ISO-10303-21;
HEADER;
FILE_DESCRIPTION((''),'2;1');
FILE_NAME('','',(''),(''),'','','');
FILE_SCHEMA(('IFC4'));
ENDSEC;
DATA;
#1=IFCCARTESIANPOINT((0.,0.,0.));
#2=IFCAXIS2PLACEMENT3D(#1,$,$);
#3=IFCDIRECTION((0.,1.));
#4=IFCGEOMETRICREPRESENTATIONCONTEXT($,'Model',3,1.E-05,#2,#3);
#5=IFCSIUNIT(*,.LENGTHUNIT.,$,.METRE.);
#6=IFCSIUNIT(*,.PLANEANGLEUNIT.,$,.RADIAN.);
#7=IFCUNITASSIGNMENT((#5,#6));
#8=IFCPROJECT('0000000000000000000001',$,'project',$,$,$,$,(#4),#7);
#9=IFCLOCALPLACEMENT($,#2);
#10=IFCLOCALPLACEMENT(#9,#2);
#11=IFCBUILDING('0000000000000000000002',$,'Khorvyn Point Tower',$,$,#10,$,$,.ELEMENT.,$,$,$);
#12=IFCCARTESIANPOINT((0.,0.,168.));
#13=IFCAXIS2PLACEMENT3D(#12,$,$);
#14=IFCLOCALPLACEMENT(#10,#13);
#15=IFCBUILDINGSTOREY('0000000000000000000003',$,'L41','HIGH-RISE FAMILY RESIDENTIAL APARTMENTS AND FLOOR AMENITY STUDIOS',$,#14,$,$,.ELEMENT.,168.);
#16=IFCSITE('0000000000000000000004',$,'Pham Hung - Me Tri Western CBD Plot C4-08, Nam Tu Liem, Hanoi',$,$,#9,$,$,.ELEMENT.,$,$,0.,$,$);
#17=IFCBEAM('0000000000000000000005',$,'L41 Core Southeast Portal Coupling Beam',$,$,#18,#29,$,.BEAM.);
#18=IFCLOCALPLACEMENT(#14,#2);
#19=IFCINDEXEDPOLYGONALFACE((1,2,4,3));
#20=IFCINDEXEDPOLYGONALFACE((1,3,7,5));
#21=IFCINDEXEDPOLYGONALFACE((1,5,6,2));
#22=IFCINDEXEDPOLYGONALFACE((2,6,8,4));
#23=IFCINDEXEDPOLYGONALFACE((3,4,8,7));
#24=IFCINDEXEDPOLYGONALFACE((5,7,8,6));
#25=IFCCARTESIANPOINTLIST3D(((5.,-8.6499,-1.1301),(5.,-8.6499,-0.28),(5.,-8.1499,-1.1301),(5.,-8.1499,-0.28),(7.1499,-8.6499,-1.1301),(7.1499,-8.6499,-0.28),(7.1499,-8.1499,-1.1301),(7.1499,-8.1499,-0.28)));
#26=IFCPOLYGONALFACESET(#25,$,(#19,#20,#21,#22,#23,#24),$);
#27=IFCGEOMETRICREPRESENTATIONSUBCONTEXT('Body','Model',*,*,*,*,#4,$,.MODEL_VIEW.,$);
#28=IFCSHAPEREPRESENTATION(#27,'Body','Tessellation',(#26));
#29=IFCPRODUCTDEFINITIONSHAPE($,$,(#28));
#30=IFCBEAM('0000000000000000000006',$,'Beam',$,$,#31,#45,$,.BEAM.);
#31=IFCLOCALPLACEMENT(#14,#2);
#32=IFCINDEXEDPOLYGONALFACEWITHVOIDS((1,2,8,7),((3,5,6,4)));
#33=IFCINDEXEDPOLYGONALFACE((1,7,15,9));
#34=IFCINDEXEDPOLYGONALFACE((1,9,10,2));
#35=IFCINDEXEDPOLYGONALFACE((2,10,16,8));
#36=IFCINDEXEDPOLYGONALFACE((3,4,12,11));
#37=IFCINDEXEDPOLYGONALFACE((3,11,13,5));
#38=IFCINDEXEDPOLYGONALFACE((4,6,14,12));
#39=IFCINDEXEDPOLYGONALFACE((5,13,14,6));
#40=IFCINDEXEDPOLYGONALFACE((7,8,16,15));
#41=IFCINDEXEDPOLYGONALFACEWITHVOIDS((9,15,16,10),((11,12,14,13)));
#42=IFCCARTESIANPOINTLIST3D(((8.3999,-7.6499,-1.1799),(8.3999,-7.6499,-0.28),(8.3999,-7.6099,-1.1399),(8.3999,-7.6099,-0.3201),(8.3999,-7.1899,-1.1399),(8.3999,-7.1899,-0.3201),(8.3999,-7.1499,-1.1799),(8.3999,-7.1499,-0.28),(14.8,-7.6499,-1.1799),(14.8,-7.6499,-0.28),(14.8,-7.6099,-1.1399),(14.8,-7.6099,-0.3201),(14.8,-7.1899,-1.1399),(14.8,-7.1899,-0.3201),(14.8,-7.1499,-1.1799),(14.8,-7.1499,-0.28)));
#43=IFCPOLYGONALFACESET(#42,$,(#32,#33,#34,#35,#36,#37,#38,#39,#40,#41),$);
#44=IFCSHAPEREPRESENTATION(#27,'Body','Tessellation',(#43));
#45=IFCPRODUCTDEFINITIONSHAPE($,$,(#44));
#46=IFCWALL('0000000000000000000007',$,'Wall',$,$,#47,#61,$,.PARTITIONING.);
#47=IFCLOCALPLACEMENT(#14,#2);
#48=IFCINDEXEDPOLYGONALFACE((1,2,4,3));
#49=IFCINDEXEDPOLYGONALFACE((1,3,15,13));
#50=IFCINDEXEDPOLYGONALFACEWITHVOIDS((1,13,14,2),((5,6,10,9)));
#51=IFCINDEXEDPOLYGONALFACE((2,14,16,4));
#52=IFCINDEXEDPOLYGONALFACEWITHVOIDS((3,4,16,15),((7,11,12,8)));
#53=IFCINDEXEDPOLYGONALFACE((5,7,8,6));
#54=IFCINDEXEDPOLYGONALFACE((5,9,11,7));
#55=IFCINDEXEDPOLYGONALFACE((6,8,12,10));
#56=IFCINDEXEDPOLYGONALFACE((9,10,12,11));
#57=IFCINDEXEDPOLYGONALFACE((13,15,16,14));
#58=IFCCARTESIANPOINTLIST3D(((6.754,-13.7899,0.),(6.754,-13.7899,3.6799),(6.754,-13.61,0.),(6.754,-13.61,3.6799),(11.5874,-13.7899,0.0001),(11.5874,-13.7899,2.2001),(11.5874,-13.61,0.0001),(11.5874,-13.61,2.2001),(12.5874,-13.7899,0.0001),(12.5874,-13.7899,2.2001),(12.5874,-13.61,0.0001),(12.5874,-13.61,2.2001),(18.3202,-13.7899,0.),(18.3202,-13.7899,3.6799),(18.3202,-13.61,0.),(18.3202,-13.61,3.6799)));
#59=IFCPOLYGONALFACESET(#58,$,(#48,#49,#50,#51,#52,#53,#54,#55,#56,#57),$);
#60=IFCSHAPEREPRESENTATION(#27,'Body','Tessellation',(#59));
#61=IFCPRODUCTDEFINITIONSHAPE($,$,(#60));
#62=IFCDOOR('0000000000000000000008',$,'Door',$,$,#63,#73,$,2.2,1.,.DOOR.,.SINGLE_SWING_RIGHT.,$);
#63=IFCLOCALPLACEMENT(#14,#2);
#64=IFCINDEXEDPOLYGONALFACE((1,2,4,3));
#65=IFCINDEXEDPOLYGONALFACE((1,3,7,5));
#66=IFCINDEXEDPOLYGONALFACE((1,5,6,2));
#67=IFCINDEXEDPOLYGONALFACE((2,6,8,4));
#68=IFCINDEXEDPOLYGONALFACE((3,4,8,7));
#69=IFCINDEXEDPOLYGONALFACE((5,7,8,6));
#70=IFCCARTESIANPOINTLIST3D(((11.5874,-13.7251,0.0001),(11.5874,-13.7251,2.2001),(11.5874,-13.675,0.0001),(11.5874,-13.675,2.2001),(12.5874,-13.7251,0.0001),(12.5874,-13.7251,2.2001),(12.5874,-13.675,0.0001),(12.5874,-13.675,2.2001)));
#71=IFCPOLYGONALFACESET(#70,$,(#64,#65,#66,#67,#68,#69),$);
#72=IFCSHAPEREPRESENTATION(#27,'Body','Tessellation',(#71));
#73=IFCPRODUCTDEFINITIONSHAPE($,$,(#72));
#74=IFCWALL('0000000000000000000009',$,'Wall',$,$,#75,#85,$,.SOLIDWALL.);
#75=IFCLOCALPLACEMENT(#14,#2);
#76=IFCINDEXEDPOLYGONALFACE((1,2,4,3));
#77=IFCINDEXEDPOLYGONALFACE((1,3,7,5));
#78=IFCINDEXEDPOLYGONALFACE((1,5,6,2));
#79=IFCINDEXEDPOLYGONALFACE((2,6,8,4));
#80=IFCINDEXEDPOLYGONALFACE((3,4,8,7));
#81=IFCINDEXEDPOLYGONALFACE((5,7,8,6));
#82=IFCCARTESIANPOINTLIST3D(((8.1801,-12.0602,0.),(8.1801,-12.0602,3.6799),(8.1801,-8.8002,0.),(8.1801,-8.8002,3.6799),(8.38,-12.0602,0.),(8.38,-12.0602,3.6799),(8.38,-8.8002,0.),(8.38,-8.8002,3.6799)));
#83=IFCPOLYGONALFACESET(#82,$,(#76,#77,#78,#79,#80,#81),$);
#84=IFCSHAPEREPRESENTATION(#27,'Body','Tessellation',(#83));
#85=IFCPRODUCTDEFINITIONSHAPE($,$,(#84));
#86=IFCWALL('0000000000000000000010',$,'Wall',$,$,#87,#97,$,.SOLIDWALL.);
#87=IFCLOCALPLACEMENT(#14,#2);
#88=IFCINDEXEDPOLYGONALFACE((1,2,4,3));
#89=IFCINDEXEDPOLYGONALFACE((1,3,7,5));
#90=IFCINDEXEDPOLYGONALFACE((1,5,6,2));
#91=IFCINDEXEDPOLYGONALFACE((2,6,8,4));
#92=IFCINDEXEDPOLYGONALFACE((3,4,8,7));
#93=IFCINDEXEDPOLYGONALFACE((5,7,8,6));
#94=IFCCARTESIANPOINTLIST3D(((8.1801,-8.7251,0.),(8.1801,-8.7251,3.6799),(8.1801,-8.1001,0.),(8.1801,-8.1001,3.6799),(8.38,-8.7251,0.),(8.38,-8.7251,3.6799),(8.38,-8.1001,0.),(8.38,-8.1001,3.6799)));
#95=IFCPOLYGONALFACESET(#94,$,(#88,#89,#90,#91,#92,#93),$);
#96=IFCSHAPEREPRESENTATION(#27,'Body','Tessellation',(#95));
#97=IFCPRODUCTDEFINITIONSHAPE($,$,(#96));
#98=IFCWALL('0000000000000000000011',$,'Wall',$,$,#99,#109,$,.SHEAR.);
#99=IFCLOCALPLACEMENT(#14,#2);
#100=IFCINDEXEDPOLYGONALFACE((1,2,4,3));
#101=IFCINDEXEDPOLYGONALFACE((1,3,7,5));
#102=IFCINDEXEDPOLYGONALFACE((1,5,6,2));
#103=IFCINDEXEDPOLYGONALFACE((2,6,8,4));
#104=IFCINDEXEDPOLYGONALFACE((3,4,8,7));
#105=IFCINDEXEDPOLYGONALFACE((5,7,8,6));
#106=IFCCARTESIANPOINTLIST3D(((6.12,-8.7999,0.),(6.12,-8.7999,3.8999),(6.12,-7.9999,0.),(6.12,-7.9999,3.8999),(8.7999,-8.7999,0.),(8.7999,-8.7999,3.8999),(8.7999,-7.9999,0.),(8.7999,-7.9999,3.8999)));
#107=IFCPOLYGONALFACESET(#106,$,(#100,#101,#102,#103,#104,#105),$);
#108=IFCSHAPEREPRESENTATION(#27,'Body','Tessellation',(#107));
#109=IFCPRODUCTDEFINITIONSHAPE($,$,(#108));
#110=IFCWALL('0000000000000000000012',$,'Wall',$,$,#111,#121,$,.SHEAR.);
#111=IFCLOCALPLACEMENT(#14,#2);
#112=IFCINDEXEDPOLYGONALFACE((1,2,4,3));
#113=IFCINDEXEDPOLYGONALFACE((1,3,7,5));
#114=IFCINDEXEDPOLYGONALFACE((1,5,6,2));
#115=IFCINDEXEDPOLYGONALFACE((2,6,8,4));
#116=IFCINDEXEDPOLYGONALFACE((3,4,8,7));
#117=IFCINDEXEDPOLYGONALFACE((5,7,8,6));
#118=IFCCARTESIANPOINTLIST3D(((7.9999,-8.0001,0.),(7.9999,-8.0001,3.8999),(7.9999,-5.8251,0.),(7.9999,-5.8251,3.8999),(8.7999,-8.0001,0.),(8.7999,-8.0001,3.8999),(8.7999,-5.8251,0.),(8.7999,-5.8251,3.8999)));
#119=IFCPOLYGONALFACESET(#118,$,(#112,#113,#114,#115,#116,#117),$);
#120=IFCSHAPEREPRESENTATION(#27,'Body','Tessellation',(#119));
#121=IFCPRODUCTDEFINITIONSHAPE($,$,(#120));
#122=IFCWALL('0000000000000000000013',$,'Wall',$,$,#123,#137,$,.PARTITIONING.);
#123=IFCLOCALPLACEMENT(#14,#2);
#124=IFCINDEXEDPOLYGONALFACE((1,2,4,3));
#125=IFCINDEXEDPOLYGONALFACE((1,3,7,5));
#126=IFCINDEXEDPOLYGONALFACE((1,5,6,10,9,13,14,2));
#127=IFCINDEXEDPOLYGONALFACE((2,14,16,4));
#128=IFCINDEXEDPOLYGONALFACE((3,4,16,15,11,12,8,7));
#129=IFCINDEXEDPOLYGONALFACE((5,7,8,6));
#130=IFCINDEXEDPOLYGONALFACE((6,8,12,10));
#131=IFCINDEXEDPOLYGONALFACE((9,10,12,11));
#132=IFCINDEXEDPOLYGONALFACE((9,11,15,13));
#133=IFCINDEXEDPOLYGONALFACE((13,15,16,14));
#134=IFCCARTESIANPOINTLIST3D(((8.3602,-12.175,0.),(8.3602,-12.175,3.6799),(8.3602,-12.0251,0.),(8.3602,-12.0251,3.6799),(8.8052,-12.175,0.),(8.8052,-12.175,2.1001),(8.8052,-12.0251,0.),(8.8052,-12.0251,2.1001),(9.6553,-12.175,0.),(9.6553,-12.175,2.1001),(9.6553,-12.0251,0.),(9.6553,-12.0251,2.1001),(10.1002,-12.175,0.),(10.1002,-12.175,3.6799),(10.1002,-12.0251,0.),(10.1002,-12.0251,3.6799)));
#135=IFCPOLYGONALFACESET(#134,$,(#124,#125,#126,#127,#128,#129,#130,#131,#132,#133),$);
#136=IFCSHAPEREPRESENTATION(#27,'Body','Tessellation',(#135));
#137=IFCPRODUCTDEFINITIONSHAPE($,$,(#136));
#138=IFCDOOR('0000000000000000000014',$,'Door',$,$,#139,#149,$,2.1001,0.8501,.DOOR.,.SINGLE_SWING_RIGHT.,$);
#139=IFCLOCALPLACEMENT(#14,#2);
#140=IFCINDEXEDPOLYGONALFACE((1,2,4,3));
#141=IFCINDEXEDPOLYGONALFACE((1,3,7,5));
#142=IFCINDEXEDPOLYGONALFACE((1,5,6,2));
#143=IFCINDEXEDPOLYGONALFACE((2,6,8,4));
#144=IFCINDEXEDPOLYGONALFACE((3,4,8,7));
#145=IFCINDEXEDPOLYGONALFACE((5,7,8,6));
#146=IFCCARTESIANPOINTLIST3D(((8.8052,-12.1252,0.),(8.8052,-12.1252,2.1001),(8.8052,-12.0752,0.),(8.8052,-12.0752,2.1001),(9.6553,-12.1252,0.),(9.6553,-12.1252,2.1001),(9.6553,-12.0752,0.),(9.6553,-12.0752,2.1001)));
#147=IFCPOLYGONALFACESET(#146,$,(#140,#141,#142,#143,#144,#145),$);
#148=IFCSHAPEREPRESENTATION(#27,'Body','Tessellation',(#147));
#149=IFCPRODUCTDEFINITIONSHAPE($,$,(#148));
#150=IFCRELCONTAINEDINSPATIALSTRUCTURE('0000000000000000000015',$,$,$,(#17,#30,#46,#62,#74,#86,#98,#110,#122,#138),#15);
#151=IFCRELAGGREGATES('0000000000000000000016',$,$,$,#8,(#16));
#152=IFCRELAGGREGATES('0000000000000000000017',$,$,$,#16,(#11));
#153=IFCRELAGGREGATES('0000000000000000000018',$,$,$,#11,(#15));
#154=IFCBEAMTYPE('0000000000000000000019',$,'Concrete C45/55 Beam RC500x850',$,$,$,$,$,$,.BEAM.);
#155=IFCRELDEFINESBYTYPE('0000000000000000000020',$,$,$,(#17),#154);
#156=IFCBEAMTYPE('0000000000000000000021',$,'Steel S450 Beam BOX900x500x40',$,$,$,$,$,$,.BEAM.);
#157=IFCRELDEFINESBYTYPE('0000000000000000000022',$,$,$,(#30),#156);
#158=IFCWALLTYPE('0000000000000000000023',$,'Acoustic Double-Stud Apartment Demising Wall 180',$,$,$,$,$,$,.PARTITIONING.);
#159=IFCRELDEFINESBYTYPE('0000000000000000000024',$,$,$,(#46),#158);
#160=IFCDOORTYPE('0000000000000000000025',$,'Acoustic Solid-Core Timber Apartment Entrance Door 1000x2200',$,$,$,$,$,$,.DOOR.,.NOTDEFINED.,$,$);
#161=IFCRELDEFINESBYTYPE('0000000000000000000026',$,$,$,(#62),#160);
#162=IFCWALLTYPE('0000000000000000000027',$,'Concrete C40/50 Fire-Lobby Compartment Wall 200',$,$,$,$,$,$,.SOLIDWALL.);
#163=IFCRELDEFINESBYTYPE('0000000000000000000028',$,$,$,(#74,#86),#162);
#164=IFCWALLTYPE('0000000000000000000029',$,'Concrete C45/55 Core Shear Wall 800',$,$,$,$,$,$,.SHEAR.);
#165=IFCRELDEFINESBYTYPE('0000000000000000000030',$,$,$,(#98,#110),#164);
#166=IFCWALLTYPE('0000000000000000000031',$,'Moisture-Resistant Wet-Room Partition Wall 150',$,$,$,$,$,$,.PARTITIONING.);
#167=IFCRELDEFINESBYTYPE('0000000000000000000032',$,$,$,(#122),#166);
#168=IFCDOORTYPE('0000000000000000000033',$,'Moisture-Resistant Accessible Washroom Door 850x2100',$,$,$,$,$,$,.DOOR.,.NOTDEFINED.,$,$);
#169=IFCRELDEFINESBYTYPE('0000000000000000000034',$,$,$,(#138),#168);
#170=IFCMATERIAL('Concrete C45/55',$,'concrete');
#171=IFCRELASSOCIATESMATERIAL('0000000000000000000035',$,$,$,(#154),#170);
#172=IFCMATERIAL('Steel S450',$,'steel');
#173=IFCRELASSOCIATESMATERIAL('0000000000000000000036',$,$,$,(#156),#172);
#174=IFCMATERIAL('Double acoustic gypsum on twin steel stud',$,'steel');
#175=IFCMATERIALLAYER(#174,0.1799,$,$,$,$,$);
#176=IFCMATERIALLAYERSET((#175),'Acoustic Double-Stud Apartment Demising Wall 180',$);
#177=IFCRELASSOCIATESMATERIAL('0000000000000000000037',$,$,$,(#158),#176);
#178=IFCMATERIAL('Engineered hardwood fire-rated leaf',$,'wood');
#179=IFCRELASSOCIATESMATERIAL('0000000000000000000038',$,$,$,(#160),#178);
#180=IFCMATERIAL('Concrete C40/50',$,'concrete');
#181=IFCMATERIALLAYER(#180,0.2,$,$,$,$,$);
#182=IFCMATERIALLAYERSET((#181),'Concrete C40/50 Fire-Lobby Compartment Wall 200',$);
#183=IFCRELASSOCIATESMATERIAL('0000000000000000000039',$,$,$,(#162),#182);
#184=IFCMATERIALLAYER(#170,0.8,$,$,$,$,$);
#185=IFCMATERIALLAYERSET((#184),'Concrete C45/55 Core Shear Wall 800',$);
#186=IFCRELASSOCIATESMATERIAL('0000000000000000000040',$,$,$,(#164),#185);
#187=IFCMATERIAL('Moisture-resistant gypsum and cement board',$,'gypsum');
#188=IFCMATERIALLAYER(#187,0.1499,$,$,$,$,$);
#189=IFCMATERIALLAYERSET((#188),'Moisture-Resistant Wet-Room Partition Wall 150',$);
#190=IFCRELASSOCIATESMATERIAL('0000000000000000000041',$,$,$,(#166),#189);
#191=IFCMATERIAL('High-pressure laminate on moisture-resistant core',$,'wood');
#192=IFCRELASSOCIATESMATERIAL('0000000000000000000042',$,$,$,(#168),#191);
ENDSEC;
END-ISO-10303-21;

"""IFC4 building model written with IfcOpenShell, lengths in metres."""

from ifc_helpers import new_model, si_unit, direction, frame, frame_2d, origin, origin_2d, place, context, subcontext, project, spatial, rectangle, hollow_rectangle, extrude, material, layer, layer_set, material_profile, profile_set, type_object, element, fill, save


model = new_model("IFC4")

# Units and contexts
model_context = context("Model", 3, precision=1e-05, world=origin(), true_north=direction((0.0, 1.0)))
body_context = subcontext(model_context, "Body", "Model", "MODEL_VIEW")
ifc_project = project(units=[si_unit("LENGTHUNIT", "METRE"), si_unit("PLANEANGLEUNIT", "RADIAN")], contexts=[model_context])

# Site, building, storey
site_placement = place(None, origin())
site = spatial("IfcSite", under=ifc_project, at=site_placement, Name="Pham Hung - Me Tri Western CBD Plot C4-08, Nam Tu Liem, Hanoi", CompositionType="ELEMENT", RefElevation=0.0)
building_placement = place(site_placement, origin())
building = spatial("IfcBuilding", under=site, at=building_placement, Name="Khorvyn Point Tower", CompositionType="ELEMENT")
storey_placement = place(building_placement, frame((0.0, 0.0, 168.0)))
storey = spatial("IfcBuildingStorey", under=building, at=storey_placement, Name="L41", Description="HIGH-RISE FAMILY RESIDENTIAL APARTMENTS AND FLOOR AMENITY STUDIOS", CompositionType="ELEMENT", Elevation=168.0)

# Beams
ifc_material_1 = material(Name="Concrete C45/55", Category="concrete")
ifc_material_profile_1 = material_profile(ifc_material_1, rectangle(XDim=0.5, YDim=0.8501, at=origin_2d()))
ifc_profile_set_1 = profile_set([ifc_material_profile_1], Name="Concrete C45/55 RC500x850")
beam_type_1 = type_object("IfcBeamType", Name="Concrete C45/55 Beam RC500x850", PredefinedType="BEAM", material=ifc_profile_set_1)
beam_1_placement = place(storey_placement, frame((5.0, -8.3999, -0.7051), z_axis=(1.0, 0.0, 0.0), x_axis=(0.0, 1.0, 0.0)))
element("IfcBeam", 1, at=beam_1_placement, inside=storey, type_object=beam_type_1, Name="L41 Core Southeast Portal Coupling Beam", PredefinedType="BEAM", context=body_context, shape_type="SweptSolid", body=[
    extrude(rectangle(XDim=0.5, YDim=0.8501, at=origin_2d()), origin(), (0.0, 0.0, 1.0), 2.1499),
])
ifc_material_2 = material(Name="Steel S450", Category="steel")
ifc_material_profile_2 = material_profile(ifc_material_2, hollow_rectangle(XDim=0.5, YDim=0.8999, WallThickness=0.04, at=origin_2d()))
ifc_profile_set_2 = profile_set([ifc_material_profile_2], Name="Steel S450 BOX900x500x40")
beam_type_2 = type_object("IfcBeamType", Name="Steel S450 Beam BOX900x500x40", PredefinedType="BEAM", material=ifc_profile_set_2)
beam_2_placement = place(storey_placement, frame((8.3999, -7.3999, -0.73), z_axis=(1.0, 0.0, 0.0), x_axis=(0.0, 1.0, 0.0)))
element("IfcBeam", 2, at=beam_2_placement, inside=storey, type_object=beam_type_2, Name="Beam", PredefinedType="BEAM", context=body_context, shape_type="SweptSolid", body=[
    extrude(hollow_rectangle(XDim=0.5, YDim=0.8999, WallThickness=0.04, at=origin_2d()), origin(), (0.0, 0.0, 1.0), 6.4001),
])

# Wall, opening, door
ifc_material_3 = material(Name="Double acoustic gypsum on twin steel stud", Category="steel")
ifc_layer_1 = layer(ifc_material_3, 0.1799)
ifc_layer_set_1 = layer_set([ifc_layer_1], Name="Acoustic Double-Stud Apartment Demising Wall 180")
wall_type_1 = type_object("IfcWallType", Name="Acoustic Double-Stud Apartment Demising Wall 180", PredefinedType="PARTITIONING", material=ifc_layer_set_1)
wall_1_placement = place(storey_placement, frame((6.7539, -13.7, 0.0), z_axis=(0.0, 0.0, 1.0), x_axis=(1.0, 0.0, 0.0)))
wall_1 = element("IfcWall", 3, at=wall_1_placement, inside=storey, type_object=wall_type_1, Name="Wall", PredefinedType="PARTITIONING", context=body_context, shape_type="SweptSolid", body=[
    extrude(rectangle(XDim=11.5662, YDim=0.1799, at=frame_2d((5.7832, 0.0))), origin(), (0.0, 0.0, 1.0), 3.6799),
])
opening_1_placement = place(wall_1_placement, frame((4.8335, 0.0, 0.0)))
opening_1 = element("IfcOpeningElement", 4, at=opening_1_placement, cuts=wall_1, PredefinedType="OPENING", context=body_context, shape_type="SweptSolid", body=[
    extrude(rectangle(XDim=1.0, YDim=2.2, at=frame_2d((0.5, 1.1001))), frame((0.0, 0.0999, 0.0), z_axis=(0.0, -1.0, 0.0), x_axis=(1.0, 0.0, 0.0)), (0.0, 0.0, 1.0), 0.2),
])
ifc_material_4 = material(Name="Engineered hardwood fire-rated leaf", Category="wood")
door_type_1 = type_object("IfcDoorType", Name="Acoustic Solid-Core Timber Apartment Entrance Door 1000x2200", OperationType="NOTDEFINED", PredefinedType="DOOR", material=ifc_material_4)
door_1_placement = place(opening_1_placement, origin())
door_1 = element("IfcDoor", 5, at=door_1_placement, inside=storey, type_object=door_type_1, Name="Door", OperationType="SINGLE_SWING_RIGHT", OverallHeight=2.2, OverallWidth=1.0, PredefinedType="DOOR", context=body_context, shape_type="SweptSolid", body=[
    extrude(rectangle(XDim=1.0, YDim=2.2, at=frame_2d((0.5, 1.1001))), frame((0.0, 0.0249, 0.0), z_axis=(0.0, -1.0, 0.0), x_axis=(1.0, 0.0, 0.0)), (0.0, 0.0, 1.0), 0.05),
])
fill(opening_1, door_1)
ifc_material_5 = material(Name="Concrete C40/50", Category="concrete")
ifc_layer_2 = layer(ifc_material_5, 0.2)
ifc_layer_set_2 = layer_set([ifc_layer_2], Name="Concrete C40/50 Fire-Lobby Compartment Wall 200")
wall_type_2 = type_object("IfcWallType", Name="Concrete C40/50 Fire-Lobby Compartment Wall 200", PredefinedType="SOLIDWALL", material=ifc_layer_set_2)

# Walls
wall_2_placement = place(storey_placement, frame((8.28, -12.0601, 0.0), z_axis=(0.0, 0.0, 1.0), x_axis=(0.0, 1.0, 0.0)))
element("IfcWall", 6, at=wall_2_placement, inside=storey, type_object=wall_type_2, Name="Wall", PredefinedType="SOLIDWALL", context=body_context, shape_type="SweptSolid", body=[
    extrude(rectangle(XDim=3.26, YDim=0.2, at=frame_2d((1.6299, 0.0))), origin(), (0.0, 0.0, 1.0), 3.6799),
])
wall_3_placement = place(storey_placement, frame((8.28, -8.7251, 0.0), z_axis=(0.0, 0.0, 1.0), x_axis=(0.0, 1.0, 0.0)))
element("IfcWall", 7, at=wall_3_placement, inside=storey, type_object=wall_type_2, Name="Wall", PredefinedType="SOLIDWALL", context=body_context, shape_type="SweptSolid", body=[
    extrude(rectangle(XDim=0.625, YDim=0.2, at=frame_2d((0.3125, 0.0))), origin(), (0.0, 0.0, 1.0), 3.6799),
])

# Walls
ifc_layer_3 = layer(ifc_material_1, 0.8)
ifc_layer_set_3 = layer_set([ifc_layer_3], Name="Concrete C45/55 Core Shear Wall 800")
wall_type_3 = type_object("IfcWallType", Name="Concrete C45/55 Core Shear Wall 800", PredefinedType="SHEAR", material=ifc_layer_set_3)
wall_4_placement = place(storey_placement, frame((6.1201, -8.3999, 0.0), z_axis=(0.0, 0.0, 1.0), x_axis=(1.0, 0.0, 0.0)))
element("IfcWall", 8, at=wall_4_placement, inside=storey, type_object=wall_type_3, Name="Wall", PredefinedType="SHEAR", context=body_context, shape_type="SweptSolid", body=[
    extrude(rectangle(XDim=2.6799, YDim=0.8, at=frame_2d((1.3398, 0.0))), origin(), (0.0, 0.0, 1.0), 3.8999),
])
wall_5_placement = place(storey_placement, frame((8.3999, -8.0, 0.0), z_axis=(0.0, 0.0, 1.0), x_axis=(0.0, 1.0, 0.0)))
element("IfcWall", 9, at=wall_5_placement, inside=storey, type_object=wall_type_3, Name="Wall", PredefinedType="SHEAR", context=body_context, shape_type="SweptSolid", body=[
    extrude(rectangle(XDim=2.175, YDim=0.8, at=frame_2d((1.0874, 0.0))), origin(), (0.0, 0.0, 1.0), 3.8999),
])

# Wall, opening, door
ifc_material_6 = material(Name="Moisture-resistant gypsum and cement board", Category="gypsum")
ifc_layer_4 = layer(ifc_material_6, 0.1499)
ifc_layer_set_4 = layer_set([ifc_layer_4], Name="Moisture-Resistant Wet-Room Partition Wall 150")
wall_type_4 = type_object("IfcWallType", Name="Moisture-Resistant Wet-Room Partition Wall 150", PredefinedType="PARTITIONING", material=ifc_layer_set_4)
wall_6_placement = place(storey_placement, frame((8.3601, -12.1001, 0.0), z_axis=(0.0, 0.0, 1.0), x_axis=(1.0, 0.0, 0.0)))
wall_6 = element("IfcWall", 10, at=wall_6_placement, inside=storey, type_object=wall_type_4, Name="Wall", PredefinedType="PARTITIONING", context=body_context, shape_type="SweptSolid", body=[
    extrude(rectangle(XDim=1.74, YDim=0.1499, at=frame_2d((0.8701, 0.0))), origin(), (0.0, 0.0, 1.0), 3.6799),
])
opening_2_placement = place(wall_6_placement, frame((0.4451, 0.0, 0.0)))
opening_2 = element("IfcOpeningElement", 11, at=opening_2_placement, cuts=wall_6, PredefinedType="OPENING", context=body_context, shape_type="SweptSolid", body=[
    extrude(rectangle(XDim=0.8501, YDim=2.1001, at=frame_2d((0.425, 1.05))), frame((0.0, 0.085, 0.0), z_axis=(0.0, -1.0, 0.0), x_axis=(1.0, 0.0, 0.0)), (0.0, 0.0, 1.0), 0.1699),
])
ifc_material_7 = material(Name="High-pressure laminate on moisture-resistant core", Category="wood")
door_type_2 = type_object("IfcDoorType", Name="Moisture-Resistant Accessible Washroom Door 850x2100", OperationType="NOTDEFINED", PredefinedType="DOOR", material=ifc_material_7)
door_2_placement = place(opening_2_placement, origin())
door_2 = element("IfcDoor", 12, at=door_2_placement, inside=storey, type_object=door_type_2, Name="Door", OperationType="SINGLE_SWING_RIGHT", OverallHeight=2.1001, OverallWidth=0.8501, PredefinedType="DOOR", context=body_context, shape_type="SweptSolid", body=[
    extrude(rectangle(XDim=0.8501, YDim=2.1001, at=frame_2d((0.425, 1.05))), frame((0.0, 0.0249, 0.0), z_axis=(0.0, -1.0, 0.0), x_axis=(1.0, 0.0, 0.0)), (0.0, 0.0, 1.0), 0.05),
])
fill(opening_2, door_2)

save(model, "model.ifc")
